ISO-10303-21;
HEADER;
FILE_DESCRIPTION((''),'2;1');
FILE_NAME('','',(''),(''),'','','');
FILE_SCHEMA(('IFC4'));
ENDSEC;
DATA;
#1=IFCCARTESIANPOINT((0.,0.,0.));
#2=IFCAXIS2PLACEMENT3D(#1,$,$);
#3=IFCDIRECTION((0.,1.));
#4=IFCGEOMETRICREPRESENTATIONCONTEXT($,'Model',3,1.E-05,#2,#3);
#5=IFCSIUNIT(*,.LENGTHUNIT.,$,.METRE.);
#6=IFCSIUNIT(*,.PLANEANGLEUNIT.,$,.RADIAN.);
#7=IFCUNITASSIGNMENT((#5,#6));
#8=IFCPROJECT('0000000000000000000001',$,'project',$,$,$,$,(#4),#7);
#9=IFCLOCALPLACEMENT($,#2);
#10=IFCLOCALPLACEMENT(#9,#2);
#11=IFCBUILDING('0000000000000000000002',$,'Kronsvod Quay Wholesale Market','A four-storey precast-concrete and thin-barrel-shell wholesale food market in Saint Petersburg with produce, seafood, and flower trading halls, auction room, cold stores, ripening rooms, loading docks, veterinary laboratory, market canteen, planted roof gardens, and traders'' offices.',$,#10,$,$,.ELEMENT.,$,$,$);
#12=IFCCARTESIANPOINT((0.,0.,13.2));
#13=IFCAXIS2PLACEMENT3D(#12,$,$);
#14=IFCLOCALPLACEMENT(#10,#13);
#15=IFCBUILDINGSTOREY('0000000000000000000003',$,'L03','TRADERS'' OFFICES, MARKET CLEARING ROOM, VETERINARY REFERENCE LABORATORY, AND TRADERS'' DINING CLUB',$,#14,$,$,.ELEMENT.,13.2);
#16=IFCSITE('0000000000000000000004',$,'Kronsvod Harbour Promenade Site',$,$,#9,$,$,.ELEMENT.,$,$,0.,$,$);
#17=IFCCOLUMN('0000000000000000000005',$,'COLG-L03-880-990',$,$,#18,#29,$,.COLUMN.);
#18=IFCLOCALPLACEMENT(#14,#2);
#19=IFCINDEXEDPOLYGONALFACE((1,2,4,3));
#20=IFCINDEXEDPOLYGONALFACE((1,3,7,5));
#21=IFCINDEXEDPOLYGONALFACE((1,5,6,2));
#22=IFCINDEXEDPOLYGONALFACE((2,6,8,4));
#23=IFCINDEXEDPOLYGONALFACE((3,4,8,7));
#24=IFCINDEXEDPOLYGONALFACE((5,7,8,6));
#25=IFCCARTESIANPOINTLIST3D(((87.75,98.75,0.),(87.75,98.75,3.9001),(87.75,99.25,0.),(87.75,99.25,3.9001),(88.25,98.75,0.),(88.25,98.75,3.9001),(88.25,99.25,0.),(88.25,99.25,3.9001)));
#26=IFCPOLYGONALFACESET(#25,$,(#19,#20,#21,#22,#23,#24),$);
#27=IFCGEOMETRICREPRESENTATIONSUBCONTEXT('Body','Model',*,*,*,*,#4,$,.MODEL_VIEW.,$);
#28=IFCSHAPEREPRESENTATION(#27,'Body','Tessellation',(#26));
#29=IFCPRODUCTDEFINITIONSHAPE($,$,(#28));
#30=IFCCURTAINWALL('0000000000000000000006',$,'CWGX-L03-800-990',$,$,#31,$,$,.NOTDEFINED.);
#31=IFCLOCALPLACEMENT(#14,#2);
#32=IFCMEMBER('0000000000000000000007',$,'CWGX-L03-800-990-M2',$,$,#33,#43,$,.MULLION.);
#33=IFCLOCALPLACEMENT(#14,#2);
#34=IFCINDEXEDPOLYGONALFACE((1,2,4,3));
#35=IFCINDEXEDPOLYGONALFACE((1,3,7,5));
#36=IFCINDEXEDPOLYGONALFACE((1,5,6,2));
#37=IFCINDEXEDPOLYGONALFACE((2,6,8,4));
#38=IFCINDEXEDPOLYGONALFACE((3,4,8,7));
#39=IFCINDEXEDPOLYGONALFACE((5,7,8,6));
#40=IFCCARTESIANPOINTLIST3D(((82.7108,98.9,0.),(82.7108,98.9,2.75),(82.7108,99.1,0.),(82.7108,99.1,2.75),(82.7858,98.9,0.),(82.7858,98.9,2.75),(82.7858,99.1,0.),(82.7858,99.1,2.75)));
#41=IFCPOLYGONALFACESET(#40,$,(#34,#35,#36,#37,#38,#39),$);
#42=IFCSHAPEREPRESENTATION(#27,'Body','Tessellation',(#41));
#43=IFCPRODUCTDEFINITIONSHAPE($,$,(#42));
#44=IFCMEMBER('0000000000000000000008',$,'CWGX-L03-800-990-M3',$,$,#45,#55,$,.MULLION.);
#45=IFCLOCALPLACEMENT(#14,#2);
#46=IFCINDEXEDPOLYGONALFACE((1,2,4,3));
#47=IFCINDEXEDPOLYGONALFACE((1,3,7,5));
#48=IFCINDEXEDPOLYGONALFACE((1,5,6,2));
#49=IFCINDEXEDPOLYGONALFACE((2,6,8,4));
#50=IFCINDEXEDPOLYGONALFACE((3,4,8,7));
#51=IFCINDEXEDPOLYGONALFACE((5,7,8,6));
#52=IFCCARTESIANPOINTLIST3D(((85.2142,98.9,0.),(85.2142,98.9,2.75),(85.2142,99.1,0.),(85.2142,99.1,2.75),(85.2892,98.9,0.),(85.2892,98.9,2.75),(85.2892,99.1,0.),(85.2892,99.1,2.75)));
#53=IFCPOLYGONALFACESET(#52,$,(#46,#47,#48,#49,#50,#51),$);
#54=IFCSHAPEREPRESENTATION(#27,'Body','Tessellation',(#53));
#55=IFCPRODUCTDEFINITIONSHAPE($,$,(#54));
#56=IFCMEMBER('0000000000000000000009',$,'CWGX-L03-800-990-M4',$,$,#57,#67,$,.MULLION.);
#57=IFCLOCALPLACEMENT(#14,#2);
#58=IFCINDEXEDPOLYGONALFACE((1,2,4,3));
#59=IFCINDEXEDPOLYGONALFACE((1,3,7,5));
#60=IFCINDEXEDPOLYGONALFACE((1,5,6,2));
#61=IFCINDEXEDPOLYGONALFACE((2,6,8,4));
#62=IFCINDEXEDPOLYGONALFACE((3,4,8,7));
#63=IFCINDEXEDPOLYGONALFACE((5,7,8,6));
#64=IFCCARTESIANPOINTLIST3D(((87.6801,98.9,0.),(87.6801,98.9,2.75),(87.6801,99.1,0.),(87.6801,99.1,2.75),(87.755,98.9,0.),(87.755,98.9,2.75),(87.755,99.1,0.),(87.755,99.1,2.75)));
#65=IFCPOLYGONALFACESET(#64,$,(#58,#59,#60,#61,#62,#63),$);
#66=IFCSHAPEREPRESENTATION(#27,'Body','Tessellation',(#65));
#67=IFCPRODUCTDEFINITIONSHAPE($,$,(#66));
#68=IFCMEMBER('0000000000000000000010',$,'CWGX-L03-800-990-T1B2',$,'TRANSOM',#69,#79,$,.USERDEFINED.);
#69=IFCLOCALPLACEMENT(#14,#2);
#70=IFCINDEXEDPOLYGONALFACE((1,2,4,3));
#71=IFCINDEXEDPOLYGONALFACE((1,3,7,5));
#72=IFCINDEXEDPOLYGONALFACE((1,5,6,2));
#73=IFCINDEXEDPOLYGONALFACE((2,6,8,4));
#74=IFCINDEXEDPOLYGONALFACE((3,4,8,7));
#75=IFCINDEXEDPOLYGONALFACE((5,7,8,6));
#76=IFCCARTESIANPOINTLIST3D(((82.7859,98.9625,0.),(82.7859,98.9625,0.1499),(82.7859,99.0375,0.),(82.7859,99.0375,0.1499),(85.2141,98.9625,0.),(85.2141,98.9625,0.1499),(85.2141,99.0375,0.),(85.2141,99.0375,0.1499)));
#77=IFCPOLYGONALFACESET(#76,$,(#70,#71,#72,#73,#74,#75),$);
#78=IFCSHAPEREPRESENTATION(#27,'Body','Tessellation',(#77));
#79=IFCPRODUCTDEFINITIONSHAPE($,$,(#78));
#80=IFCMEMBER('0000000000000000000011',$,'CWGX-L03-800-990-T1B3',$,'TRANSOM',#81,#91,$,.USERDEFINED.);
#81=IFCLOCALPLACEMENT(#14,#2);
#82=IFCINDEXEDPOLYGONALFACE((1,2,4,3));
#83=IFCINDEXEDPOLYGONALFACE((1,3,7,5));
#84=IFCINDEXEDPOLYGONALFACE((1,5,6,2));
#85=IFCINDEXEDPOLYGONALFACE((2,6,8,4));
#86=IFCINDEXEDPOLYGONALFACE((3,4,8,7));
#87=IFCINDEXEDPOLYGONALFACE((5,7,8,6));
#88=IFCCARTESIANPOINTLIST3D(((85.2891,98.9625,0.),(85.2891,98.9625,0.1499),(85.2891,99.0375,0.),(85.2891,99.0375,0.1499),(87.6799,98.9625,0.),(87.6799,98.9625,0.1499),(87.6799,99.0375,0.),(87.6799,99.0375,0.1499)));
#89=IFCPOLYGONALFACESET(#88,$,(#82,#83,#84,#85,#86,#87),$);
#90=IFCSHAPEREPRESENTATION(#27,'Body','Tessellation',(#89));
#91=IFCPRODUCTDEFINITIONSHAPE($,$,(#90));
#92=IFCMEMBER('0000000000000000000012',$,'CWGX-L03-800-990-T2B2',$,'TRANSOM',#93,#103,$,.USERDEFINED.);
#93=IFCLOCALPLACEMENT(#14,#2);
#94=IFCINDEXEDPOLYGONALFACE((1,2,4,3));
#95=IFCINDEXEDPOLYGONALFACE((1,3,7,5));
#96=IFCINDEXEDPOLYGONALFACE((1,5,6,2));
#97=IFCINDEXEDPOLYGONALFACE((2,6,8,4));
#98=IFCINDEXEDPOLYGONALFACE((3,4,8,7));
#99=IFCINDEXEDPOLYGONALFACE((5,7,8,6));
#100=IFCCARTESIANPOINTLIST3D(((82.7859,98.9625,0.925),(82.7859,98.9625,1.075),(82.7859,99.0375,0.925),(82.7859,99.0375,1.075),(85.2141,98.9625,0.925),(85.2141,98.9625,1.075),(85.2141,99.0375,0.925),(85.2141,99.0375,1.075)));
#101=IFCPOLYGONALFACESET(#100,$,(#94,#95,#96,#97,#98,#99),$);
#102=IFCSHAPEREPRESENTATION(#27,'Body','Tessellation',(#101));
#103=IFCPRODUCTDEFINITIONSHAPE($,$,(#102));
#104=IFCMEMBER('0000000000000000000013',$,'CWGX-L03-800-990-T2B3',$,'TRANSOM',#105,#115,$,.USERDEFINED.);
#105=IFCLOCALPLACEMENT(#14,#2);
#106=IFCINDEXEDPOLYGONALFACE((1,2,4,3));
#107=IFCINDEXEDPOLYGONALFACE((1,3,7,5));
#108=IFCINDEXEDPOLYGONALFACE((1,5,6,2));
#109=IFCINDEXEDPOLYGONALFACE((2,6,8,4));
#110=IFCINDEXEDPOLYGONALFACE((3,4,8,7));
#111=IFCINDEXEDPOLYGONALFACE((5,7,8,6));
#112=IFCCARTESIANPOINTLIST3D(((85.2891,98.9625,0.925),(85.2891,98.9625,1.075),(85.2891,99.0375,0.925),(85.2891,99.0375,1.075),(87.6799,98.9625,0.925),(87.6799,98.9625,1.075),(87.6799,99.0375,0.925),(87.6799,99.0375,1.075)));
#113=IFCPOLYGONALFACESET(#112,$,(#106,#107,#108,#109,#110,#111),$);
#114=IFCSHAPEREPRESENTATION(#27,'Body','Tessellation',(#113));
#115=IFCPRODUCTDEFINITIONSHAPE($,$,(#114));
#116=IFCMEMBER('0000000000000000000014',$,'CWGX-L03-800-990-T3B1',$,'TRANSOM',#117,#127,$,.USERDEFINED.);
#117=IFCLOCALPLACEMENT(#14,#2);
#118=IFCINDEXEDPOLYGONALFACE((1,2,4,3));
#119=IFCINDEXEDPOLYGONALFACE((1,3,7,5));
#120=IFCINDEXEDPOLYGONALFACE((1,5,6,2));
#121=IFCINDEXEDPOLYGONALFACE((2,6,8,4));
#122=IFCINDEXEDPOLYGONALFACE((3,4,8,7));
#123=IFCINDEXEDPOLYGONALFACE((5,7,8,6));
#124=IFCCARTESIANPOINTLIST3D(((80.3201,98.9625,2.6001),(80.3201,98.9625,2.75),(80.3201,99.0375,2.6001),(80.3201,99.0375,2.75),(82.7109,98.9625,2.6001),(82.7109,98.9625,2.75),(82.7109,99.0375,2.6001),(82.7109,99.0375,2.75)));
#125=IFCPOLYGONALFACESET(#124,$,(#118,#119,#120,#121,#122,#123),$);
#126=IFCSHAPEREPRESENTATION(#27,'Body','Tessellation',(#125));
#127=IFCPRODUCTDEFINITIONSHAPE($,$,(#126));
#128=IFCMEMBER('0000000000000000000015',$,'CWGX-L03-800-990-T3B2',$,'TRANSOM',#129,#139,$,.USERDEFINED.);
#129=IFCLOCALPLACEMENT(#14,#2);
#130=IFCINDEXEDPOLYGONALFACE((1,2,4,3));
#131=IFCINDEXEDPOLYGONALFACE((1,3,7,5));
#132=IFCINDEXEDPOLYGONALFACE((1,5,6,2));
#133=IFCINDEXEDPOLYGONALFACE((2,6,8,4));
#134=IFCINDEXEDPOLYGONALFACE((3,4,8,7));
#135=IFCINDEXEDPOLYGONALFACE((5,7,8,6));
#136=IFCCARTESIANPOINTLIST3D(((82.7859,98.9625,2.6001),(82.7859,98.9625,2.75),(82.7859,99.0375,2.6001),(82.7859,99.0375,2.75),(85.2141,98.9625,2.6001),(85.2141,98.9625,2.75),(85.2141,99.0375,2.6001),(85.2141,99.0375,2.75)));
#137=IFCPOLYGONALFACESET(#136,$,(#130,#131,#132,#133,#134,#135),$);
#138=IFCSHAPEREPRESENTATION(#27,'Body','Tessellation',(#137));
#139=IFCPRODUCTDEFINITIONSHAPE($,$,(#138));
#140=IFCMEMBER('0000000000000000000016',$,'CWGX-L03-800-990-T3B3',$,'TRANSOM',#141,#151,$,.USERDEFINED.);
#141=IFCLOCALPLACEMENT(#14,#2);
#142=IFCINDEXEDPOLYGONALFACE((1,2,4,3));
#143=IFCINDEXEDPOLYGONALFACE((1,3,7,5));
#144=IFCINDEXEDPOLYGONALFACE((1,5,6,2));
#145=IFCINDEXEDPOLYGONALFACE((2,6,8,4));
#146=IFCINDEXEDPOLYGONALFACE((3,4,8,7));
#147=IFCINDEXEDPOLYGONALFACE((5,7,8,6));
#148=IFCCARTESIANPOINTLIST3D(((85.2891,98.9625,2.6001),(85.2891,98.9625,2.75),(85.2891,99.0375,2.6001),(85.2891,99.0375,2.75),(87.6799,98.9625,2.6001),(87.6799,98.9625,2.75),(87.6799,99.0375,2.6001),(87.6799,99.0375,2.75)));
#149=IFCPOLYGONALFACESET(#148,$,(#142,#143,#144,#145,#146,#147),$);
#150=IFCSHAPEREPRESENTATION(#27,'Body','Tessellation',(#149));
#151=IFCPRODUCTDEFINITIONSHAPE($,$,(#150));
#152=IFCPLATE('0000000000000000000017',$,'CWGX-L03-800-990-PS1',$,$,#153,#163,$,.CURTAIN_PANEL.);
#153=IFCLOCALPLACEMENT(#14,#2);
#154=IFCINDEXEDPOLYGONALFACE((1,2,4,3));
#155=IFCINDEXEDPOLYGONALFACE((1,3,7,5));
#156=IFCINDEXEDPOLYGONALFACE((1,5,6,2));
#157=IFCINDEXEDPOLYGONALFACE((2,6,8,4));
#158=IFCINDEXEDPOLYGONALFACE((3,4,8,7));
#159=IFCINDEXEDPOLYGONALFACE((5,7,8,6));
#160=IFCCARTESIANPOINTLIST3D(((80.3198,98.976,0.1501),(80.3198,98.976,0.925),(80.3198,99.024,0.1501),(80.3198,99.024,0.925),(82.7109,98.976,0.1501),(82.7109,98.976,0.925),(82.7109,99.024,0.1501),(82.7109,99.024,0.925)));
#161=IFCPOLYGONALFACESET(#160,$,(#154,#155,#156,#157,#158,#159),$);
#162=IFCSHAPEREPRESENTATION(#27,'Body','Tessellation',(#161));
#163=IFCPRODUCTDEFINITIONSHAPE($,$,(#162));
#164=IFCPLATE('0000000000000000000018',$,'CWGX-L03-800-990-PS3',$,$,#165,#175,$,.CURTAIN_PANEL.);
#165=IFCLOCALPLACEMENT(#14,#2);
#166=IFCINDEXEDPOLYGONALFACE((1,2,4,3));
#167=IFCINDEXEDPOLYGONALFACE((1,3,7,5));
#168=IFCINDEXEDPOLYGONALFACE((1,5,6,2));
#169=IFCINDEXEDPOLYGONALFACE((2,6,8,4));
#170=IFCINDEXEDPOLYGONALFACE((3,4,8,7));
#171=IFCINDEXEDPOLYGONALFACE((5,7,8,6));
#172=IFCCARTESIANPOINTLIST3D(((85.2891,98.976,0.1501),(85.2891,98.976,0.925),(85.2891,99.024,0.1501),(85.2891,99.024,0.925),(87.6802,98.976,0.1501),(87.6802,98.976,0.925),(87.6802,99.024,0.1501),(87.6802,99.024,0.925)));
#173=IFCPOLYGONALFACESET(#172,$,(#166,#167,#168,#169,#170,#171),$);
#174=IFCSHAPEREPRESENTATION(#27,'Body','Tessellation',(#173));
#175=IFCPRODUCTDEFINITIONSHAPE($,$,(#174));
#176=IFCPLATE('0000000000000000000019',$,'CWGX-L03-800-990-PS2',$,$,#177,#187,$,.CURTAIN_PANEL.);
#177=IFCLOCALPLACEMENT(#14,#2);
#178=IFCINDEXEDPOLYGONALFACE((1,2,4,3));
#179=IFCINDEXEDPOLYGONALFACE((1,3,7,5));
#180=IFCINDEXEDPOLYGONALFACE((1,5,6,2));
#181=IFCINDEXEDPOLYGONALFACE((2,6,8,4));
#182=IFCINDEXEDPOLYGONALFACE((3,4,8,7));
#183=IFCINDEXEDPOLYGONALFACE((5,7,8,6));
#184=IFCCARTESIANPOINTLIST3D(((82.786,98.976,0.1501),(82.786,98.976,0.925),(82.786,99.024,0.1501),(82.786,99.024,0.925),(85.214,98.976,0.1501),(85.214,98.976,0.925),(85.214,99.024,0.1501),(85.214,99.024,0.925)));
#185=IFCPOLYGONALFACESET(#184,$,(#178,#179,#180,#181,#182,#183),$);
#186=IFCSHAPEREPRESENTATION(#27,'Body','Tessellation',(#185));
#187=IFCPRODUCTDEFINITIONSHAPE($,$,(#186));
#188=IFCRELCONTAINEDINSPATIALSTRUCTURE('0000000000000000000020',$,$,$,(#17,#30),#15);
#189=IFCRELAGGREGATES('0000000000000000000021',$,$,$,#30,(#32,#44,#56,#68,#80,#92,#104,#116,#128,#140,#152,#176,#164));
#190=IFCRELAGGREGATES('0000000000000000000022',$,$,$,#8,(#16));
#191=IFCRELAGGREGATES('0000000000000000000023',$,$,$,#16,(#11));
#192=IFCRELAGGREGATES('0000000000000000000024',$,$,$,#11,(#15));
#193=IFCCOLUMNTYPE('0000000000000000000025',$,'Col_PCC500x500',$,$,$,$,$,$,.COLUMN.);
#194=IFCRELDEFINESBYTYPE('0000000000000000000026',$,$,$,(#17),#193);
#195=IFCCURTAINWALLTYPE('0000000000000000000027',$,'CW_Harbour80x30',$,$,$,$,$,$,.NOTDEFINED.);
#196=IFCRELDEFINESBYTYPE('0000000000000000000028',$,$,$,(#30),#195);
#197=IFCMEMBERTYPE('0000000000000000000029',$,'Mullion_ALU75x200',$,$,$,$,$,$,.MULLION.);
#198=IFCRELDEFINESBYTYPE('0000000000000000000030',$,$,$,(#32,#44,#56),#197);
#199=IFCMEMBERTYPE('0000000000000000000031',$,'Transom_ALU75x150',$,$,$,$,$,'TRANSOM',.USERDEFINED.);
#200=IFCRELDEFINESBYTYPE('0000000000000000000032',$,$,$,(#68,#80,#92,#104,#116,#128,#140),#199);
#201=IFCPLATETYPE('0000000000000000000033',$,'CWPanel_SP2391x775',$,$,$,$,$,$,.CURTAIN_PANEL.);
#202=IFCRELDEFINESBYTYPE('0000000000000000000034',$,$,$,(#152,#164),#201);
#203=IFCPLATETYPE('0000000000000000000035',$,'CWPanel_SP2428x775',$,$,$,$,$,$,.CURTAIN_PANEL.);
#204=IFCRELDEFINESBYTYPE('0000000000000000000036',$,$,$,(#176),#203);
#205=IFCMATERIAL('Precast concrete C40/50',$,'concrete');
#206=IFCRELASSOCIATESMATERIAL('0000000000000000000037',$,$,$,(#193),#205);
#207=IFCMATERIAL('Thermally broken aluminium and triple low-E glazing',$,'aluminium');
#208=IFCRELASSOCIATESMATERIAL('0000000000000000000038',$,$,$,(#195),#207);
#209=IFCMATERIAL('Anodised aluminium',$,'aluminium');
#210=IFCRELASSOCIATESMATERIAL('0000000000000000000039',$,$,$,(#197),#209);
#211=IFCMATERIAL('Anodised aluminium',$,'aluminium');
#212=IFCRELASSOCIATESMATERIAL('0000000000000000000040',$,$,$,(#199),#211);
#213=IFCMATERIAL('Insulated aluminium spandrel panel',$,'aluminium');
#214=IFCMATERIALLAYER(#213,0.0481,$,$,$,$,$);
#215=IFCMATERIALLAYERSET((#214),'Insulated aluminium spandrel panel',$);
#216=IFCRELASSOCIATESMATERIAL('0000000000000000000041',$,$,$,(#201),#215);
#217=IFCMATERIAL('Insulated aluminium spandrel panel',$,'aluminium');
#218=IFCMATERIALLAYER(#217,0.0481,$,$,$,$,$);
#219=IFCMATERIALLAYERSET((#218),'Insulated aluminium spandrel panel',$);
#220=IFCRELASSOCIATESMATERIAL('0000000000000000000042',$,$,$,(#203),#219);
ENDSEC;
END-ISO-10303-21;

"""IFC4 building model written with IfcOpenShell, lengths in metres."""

from ifc_helpers import new_model, si_unit, direction, frame, origin, origin_2d, place, context, subcontext, project, spatial, rectangle, extrude, material, layer, layer_set, material_profile, profile_set, type_object, element, aggregate, save


model = new_model("IFC4")

# Units and contexts
model_context = context("Model", 3, precision=1e-05, world=origin(), true_north=direction((0.0, 1.0)))
body_context = subcontext(model_context, "Body", "Model", "MODEL_VIEW")
ifc_project = project(units=[si_unit("LENGTHUNIT", "METRE"), si_unit("PLANEANGLEUNIT", "RADIAN")], contexts=[model_context])

# Site, building, storey
site_placement = place(None, origin())
site = spatial("IfcSite", under=ifc_project, at=site_placement, Name="Kronsvod Harbour Promenade Site", CompositionType="ELEMENT", RefElevation=0.0)
building_placement = place(site_placement, origin())
building = spatial("IfcBuilding", under=site, at=building_placement, Name="Kronsvod Quay Wholesale Market", Description="A four-storey precast-concrete and thin-barrel-shell wholesale food market in Saint Petersburg with produce, seafood, and flower trading halls, auction room, cold stores, ripening rooms, loading docks, veterinary laboratory, market canteen, planted roof gardens, and traders' offices.", CompositionType="ELEMENT")
storey_placement = place(building_placement, frame((0.0, 0.0, 13.2)))
storey = spatial("IfcBuildingStorey", under=building, at=storey_placement, Name="L03", Description="TRADERS' OFFICES, MARKET CLEARING ROOM, VETERINARY REFERENCE LABORATORY, AND TRADERS' DINING CLUB", CompositionType="ELEMENT", Elevation=13.2)

# Column
ifc_material_1 = material(Name="Precast concrete C40/50", Category="concrete")
ifc_material_profile_1 = material_profile(ifc_material_1, rectangle(XDim=0.5, YDim=0.5, at=origin_2d()), Name="PCC500x500")
ifc_profile_set_1 = profile_set([ifc_material_profile_1], Name="Precast concrete C40/50")
column_type = type_object("IfcColumnType", Name="Col_PCC500x500", PredefinedType="COLUMN", material=ifc_profile_set_1)
column_placement = place(storey_placement, frame((88.0, 99.0, 0.0), z_axis=(0.0, 0.0, 1.0), x_axis=(1.0, 0.0, 0.0)))
element("IfcColumn", 1, at=column_placement, inside=storey, type_object=column_type, Name="COLG-L03-880-990", PredefinedType="COLUMN", context=body_context, shape_type="SweptSolid", body=[
    extrude(rectangle(XDim=0.5, YDim=0.5, at=origin_2d()), origin(), (0.0, 0.0, 1.0), 3.9001),
])

# Curtain wall, members, plates
ifc_material_2 = material(Name="Thermally broken aluminium and triple low-E glazing", Category="aluminium")
curtain_wall_type = type_object("IfcCurtainWallType", Name="CW_Harbour80x30", PredefinedType="NOTDEFINED", material=ifc_material_2)
curtain_wall_placement = place(storey_placement, origin())
curtain_wall = element("IfcCurtainWall", 2, at=curtain_wall_placement, inside=storey, type_object=curtain_wall_type, Name="CWGX-L03-800-990", PredefinedType="NOTDEFINED")
ifc_material_3 = material(Name="Anodised aluminium", Category="aluminium")
ifc_material_profile_2 = material_profile(ifc_material_3, rectangle(XDim=0.075, YDim=0.2, at=origin_2d()), Name="ALUM75x200")
ifc_profile_set_2 = profile_set([ifc_material_profile_2], Name="Anodised aluminium")
member_type_1 = type_object("IfcMemberType", Name="Mullion_ALU75x200", PredefinedType="MULLION", material=ifc_profile_set_2)
member_1_placement = place(storey_placement, frame((82.7483, 99.0, 0.0), z_axis=(0.0, 0.0, 1.0), x_axis=(1.0, 0.0, 0.0)))
member_1 = element("IfcMember", 3, at=member_1_placement, type_object=member_type_1, Name="CWGX-L03-800-990-M2", PredefinedType="MULLION", context=body_context, shape_type="SweptSolid", body=[
    extrude(rectangle(XDim=0.075, YDim=0.2, at=origin_2d()), origin(), (0.0, 0.0, 1.0), 2.75),
])
member_2_placement = place(storey_placement, frame((85.2517, 99.0, 0.0), z_axis=(0.0, 0.0, 1.0), x_axis=(1.0, 0.0, 0.0)))
member_2 = element("IfcMember", 4, at=member_2_placement, type_object=member_type_1, Name="CWGX-L03-800-990-M3", PredefinedType="MULLION", context=body_context, shape_type="SweptSolid", body=[
    extrude(rectangle(XDim=0.075, YDim=0.2, at=origin_2d()), origin(), (0.0, 0.0, 1.0), 2.75),
])
member_3_placement = place(storey_placement, frame((87.7175, 99.0, 0.0), z_axis=(0.0, 0.0, 1.0), x_axis=(1.0, 0.0, 0.0)))
member_3 = element("IfcMember", 5, at=member_3_placement, type_object=member_type_1, Name="CWGX-L03-800-990-M4", PredefinedType="MULLION", context=body_context, shape_type="SweptSolid", body=[
    extrude(rectangle(XDim=0.075, YDim=0.2, at=origin_2d()), origin(), (0.0, 0.0, 1.0), 2.75),
])
ifc_material_4 = material(Name="Anodised aluminium", Category="aluminium")
ifc_material_profile_3 = material_profile(ifc_material_4, rectangle(XDim=0.075, YDim=0.1499, at=origin_2d()), Name="ALUT75x150")
ifc_profile_set_3 = profile_set([ifc_material_profile_3], Name="Anodised aluminium")
member_type_2 = type_object("IfcMemberType", Name="Transom_ALU75x150", ElementType="TRANSOM", PredefinedType="USERDEFINED", material=ifc_profile_set_3)
member_4_placement = place(storey_placement, frame((82.7859, 99.0, 0.075), z_axis=(1.0, 0.0, 0.0), x_axis=(0.0, 1.0, 0.0)))
member_4 = element("IfcMember", 6, at=member_4_placement, type_object=member_type_2, Name="CWGX-L03-800-990-T1B2", ObjectType="TRANSOM", PredefinedType="USERDEFINED", context=body_context, shape_type="SweptSolid", body=[
    extrude(rectangle(XDim=0.075, YDim=0.1499, at=origin_2d()), origin(), (0.0, 0.0, 1.0), 2.4282),
])
member_5_placement = place(storey_placement, frame((85.2891, 99.0, 0.075), z_axis=(1.0, 0.0, 0.0), x_axis=(0.0, 1.0, 0.0)))
member_5 = element("IfcMember", 7, at=member_5_placement, type_object=member_type_2, Name="CWGX-L03-800-990-T1B3", ObjectType="TRANSOM", PredefinedType="USERDEFINED", context=body_context, shape_type="SweptSolid", body=[
    extrude(rectangle(XDim=0.075, YDim=0.1499, at=origin_2d()), origin(), (0.0, 0.0, 1.0), 2.3909),
])
member_6_placement = place(storey_placement, frame((82.7859, 99.0, 1.0), z_axis=(1.0, 0.0, 0.0), x_axis=(0.0, 1.0, 0.0)))
member_6 = element("IfcMember", 8, at=member_6_placement, type_object=member_type_2, Name="CWGX-L03-800-990-T2B2", ObjectType="TRANSOM", PredefinedType="USERDEFINED", context=body_context, shape_type="SweptSolid", body=[
    extrude(rectangle(XDim=0.075, YDim=0.1499, at=origin_2d()), origin(), (0.0, 0.0, 1.0), 2.4282),
])
member_7_placement = place(storey_placement, frame((85.2891, 99.0, 1.0), z_axis=(1.0, 0.0, 0.0), x_axis=(0.0, 1.0, 0.0)))
member_7 = element("IfcMember", 9, at=member_7_placement, type_object=member_type_2, Name="CWGX-L03-800-990-T2B3", ObjectType="TRANSOM", PredefinedType="USERDEFINED", context=body_context, shape_type="SweptSolid", body=[
    extrude(rectangle(XDim=0.075, YDim=0.1499, at=origin_2d()), origin(), (0.0, 0.0, 1.0), 2.3909),
])
member_8_placement = place(storey_placement, frame((80.3201, 99.0, 2.675), z_axis=(1.0, 0.0, 0.0), x_axis=(0.0, 1.0, 0.0)))
member_8 = element("IfcMember", 10, at=member_8_placement, type_object=member_type_2, Name="CWGX-L03-800-990-T3B1", ObjectType="TRANSOM", PredefinedType="USERDEFINED", context=body_context, shape_type="SweptSolid", body=[
    extrude(rectangle(XDim=0.075, YDim=0.1499, at=origin_2d()), origin(), (0.0, 0.0, 1.0), 2.3909),
])
member_9_placement = place(storey_placement, frame((82.7859, 99.0, 2.675), z_axis=(1.0, 0.0, 0.0), x_axis=(0.0, 1.0, 0.0)))
member_9 = element("IfcMember", 11, at=member_9_placement, type_object=member_type_2, Name="CWGX-L03-800-990-T3B2", ObjectType="TRANSOM", PredefinedType="USERDEFINED", context=body_context, shape_type="SweptSolid", body=[
    extrude(rectangle(XDim=0.075, YDim=0.1499, at=origin_2d()), origin(), (0.0, 0.0, 1.0), 2.4282),
])
member_10_placement = place(storey_placement, frame((85.2891, 99.0, 2.675), z_axis=(1.0, 0.0, 0.0), x_axis=(0.0, 1.0, 0.0)))
member_10 = element("IfcMember", 12, at=member_10_placement, type_object=member_type_2, Name="CWGX-L03-800-990-T3B3", ObjectType="TRANSOM", PredefinedType="USERDEFINED", context=body_context, shape_type="SweptSolid", body=[
    extrude(rectangle(XDim=0.075, YDim=0.1499, at=origin_2d()), origin(), (0.0, 0.0, 1.0), 2.3909),
])
ifc_material_5 = material(Name="Insulated aluminium spandrel panel", Category="aluminium")
ifc_layer_1 = layer(ifc_material_5, 0.0481)
ifc_layer_set_1 = layer_set([ifc_layer_1], Name="Insulated aluminium spandrel panel")
plate_type_1 = type_object("IfcPlateType", Name="CWPanel_SP2391x775", PredefinedType="CURTAIN_PANEL", material=ifc_layer_set_1)
plate_1_placement = place(storey_placement, frame((81.5154, 99.0, 0.1501), z_axis=(0.0, 0.0, 1.0), x_axis=(1.0, 0.0, 0.0)))
plate_1 = element("IfcPlate", 13, at=plate_1_placement, type_object=plate_type_1, Name="CWGX-L03-800-990-PS1", PredefinedType="CURTAIN_PANEL", context=body_context, shape_type="SweptSolid", body=[
    extrude(rectangle(XDim=2.3911, YDim=0.0481, at=origin_2d()), origin(), (0.0, 0.0, 1.0), 0.7749),
])
plate_2_placement = place(storey_placement, frame((86.4846, 99.0, 0.1501), z_axis=(0.0, 0.0, 1.0), x_axis=(1.0, 0.0, 0.0)))
plate_2 = element("IfcPlate", 14, at=plate_2_placement, type_object=plate_type_1, Name="CWGX-L03-800-990-PS3", PredefinedType="CURTAIN_PANEL", context=body_context, shape_type="SweptSolid", body=[
    extrude(rectangle(XDim=2.3911, YDim=0.0481, at=origin_2d()), origin(), (0.0, 0.0, 1.0), 0.7749),
])
ifc_material_6 = material(Name="Insulated aluminium spandrel panel", Category="aluminium")
ifc_layer_2 = layer(ifc_material_6, 0.0481)
ifc_layer_set_2 = layer_set([ifc_layer_2], Name="Insulated aluminium spandrel panel")
plate_type_2 = type_object("IfcPlateType", Name="CWPanel_SP2428x775", PredefinedType="CURTAIN_PANEL", material=ifc_layer_set_2)
plate_3_placement = place(storey_placement, frame((84.0, 99.0, 0.1501), z_axis=(0.0, 0.0, 1.0), x_axis=(1.0, 0.0, 0.0)))
plate_3 = element("IfcPlate", 15, at=plate_3_placement, type_object=plate_type_2, Name="CWGX-L03-800-990-PS2", PredefinedType="CURTAIN_PANEL", context=body_context, shape_type="SweptSolid", body=[
    extrude(rectangle(XDim=2.428, YDim=0.0481, at=origin_2d()), origin(), (0.0, 0.0, 1.0), 0.7749),
])
aggregate(curtain_wall, [member_1, member_2, member_3, member_4, member_5, member_6, member_7, member_8, member_9, member_10, plate_1, plate_3, plate_2])

save(model, "model.ifc")
